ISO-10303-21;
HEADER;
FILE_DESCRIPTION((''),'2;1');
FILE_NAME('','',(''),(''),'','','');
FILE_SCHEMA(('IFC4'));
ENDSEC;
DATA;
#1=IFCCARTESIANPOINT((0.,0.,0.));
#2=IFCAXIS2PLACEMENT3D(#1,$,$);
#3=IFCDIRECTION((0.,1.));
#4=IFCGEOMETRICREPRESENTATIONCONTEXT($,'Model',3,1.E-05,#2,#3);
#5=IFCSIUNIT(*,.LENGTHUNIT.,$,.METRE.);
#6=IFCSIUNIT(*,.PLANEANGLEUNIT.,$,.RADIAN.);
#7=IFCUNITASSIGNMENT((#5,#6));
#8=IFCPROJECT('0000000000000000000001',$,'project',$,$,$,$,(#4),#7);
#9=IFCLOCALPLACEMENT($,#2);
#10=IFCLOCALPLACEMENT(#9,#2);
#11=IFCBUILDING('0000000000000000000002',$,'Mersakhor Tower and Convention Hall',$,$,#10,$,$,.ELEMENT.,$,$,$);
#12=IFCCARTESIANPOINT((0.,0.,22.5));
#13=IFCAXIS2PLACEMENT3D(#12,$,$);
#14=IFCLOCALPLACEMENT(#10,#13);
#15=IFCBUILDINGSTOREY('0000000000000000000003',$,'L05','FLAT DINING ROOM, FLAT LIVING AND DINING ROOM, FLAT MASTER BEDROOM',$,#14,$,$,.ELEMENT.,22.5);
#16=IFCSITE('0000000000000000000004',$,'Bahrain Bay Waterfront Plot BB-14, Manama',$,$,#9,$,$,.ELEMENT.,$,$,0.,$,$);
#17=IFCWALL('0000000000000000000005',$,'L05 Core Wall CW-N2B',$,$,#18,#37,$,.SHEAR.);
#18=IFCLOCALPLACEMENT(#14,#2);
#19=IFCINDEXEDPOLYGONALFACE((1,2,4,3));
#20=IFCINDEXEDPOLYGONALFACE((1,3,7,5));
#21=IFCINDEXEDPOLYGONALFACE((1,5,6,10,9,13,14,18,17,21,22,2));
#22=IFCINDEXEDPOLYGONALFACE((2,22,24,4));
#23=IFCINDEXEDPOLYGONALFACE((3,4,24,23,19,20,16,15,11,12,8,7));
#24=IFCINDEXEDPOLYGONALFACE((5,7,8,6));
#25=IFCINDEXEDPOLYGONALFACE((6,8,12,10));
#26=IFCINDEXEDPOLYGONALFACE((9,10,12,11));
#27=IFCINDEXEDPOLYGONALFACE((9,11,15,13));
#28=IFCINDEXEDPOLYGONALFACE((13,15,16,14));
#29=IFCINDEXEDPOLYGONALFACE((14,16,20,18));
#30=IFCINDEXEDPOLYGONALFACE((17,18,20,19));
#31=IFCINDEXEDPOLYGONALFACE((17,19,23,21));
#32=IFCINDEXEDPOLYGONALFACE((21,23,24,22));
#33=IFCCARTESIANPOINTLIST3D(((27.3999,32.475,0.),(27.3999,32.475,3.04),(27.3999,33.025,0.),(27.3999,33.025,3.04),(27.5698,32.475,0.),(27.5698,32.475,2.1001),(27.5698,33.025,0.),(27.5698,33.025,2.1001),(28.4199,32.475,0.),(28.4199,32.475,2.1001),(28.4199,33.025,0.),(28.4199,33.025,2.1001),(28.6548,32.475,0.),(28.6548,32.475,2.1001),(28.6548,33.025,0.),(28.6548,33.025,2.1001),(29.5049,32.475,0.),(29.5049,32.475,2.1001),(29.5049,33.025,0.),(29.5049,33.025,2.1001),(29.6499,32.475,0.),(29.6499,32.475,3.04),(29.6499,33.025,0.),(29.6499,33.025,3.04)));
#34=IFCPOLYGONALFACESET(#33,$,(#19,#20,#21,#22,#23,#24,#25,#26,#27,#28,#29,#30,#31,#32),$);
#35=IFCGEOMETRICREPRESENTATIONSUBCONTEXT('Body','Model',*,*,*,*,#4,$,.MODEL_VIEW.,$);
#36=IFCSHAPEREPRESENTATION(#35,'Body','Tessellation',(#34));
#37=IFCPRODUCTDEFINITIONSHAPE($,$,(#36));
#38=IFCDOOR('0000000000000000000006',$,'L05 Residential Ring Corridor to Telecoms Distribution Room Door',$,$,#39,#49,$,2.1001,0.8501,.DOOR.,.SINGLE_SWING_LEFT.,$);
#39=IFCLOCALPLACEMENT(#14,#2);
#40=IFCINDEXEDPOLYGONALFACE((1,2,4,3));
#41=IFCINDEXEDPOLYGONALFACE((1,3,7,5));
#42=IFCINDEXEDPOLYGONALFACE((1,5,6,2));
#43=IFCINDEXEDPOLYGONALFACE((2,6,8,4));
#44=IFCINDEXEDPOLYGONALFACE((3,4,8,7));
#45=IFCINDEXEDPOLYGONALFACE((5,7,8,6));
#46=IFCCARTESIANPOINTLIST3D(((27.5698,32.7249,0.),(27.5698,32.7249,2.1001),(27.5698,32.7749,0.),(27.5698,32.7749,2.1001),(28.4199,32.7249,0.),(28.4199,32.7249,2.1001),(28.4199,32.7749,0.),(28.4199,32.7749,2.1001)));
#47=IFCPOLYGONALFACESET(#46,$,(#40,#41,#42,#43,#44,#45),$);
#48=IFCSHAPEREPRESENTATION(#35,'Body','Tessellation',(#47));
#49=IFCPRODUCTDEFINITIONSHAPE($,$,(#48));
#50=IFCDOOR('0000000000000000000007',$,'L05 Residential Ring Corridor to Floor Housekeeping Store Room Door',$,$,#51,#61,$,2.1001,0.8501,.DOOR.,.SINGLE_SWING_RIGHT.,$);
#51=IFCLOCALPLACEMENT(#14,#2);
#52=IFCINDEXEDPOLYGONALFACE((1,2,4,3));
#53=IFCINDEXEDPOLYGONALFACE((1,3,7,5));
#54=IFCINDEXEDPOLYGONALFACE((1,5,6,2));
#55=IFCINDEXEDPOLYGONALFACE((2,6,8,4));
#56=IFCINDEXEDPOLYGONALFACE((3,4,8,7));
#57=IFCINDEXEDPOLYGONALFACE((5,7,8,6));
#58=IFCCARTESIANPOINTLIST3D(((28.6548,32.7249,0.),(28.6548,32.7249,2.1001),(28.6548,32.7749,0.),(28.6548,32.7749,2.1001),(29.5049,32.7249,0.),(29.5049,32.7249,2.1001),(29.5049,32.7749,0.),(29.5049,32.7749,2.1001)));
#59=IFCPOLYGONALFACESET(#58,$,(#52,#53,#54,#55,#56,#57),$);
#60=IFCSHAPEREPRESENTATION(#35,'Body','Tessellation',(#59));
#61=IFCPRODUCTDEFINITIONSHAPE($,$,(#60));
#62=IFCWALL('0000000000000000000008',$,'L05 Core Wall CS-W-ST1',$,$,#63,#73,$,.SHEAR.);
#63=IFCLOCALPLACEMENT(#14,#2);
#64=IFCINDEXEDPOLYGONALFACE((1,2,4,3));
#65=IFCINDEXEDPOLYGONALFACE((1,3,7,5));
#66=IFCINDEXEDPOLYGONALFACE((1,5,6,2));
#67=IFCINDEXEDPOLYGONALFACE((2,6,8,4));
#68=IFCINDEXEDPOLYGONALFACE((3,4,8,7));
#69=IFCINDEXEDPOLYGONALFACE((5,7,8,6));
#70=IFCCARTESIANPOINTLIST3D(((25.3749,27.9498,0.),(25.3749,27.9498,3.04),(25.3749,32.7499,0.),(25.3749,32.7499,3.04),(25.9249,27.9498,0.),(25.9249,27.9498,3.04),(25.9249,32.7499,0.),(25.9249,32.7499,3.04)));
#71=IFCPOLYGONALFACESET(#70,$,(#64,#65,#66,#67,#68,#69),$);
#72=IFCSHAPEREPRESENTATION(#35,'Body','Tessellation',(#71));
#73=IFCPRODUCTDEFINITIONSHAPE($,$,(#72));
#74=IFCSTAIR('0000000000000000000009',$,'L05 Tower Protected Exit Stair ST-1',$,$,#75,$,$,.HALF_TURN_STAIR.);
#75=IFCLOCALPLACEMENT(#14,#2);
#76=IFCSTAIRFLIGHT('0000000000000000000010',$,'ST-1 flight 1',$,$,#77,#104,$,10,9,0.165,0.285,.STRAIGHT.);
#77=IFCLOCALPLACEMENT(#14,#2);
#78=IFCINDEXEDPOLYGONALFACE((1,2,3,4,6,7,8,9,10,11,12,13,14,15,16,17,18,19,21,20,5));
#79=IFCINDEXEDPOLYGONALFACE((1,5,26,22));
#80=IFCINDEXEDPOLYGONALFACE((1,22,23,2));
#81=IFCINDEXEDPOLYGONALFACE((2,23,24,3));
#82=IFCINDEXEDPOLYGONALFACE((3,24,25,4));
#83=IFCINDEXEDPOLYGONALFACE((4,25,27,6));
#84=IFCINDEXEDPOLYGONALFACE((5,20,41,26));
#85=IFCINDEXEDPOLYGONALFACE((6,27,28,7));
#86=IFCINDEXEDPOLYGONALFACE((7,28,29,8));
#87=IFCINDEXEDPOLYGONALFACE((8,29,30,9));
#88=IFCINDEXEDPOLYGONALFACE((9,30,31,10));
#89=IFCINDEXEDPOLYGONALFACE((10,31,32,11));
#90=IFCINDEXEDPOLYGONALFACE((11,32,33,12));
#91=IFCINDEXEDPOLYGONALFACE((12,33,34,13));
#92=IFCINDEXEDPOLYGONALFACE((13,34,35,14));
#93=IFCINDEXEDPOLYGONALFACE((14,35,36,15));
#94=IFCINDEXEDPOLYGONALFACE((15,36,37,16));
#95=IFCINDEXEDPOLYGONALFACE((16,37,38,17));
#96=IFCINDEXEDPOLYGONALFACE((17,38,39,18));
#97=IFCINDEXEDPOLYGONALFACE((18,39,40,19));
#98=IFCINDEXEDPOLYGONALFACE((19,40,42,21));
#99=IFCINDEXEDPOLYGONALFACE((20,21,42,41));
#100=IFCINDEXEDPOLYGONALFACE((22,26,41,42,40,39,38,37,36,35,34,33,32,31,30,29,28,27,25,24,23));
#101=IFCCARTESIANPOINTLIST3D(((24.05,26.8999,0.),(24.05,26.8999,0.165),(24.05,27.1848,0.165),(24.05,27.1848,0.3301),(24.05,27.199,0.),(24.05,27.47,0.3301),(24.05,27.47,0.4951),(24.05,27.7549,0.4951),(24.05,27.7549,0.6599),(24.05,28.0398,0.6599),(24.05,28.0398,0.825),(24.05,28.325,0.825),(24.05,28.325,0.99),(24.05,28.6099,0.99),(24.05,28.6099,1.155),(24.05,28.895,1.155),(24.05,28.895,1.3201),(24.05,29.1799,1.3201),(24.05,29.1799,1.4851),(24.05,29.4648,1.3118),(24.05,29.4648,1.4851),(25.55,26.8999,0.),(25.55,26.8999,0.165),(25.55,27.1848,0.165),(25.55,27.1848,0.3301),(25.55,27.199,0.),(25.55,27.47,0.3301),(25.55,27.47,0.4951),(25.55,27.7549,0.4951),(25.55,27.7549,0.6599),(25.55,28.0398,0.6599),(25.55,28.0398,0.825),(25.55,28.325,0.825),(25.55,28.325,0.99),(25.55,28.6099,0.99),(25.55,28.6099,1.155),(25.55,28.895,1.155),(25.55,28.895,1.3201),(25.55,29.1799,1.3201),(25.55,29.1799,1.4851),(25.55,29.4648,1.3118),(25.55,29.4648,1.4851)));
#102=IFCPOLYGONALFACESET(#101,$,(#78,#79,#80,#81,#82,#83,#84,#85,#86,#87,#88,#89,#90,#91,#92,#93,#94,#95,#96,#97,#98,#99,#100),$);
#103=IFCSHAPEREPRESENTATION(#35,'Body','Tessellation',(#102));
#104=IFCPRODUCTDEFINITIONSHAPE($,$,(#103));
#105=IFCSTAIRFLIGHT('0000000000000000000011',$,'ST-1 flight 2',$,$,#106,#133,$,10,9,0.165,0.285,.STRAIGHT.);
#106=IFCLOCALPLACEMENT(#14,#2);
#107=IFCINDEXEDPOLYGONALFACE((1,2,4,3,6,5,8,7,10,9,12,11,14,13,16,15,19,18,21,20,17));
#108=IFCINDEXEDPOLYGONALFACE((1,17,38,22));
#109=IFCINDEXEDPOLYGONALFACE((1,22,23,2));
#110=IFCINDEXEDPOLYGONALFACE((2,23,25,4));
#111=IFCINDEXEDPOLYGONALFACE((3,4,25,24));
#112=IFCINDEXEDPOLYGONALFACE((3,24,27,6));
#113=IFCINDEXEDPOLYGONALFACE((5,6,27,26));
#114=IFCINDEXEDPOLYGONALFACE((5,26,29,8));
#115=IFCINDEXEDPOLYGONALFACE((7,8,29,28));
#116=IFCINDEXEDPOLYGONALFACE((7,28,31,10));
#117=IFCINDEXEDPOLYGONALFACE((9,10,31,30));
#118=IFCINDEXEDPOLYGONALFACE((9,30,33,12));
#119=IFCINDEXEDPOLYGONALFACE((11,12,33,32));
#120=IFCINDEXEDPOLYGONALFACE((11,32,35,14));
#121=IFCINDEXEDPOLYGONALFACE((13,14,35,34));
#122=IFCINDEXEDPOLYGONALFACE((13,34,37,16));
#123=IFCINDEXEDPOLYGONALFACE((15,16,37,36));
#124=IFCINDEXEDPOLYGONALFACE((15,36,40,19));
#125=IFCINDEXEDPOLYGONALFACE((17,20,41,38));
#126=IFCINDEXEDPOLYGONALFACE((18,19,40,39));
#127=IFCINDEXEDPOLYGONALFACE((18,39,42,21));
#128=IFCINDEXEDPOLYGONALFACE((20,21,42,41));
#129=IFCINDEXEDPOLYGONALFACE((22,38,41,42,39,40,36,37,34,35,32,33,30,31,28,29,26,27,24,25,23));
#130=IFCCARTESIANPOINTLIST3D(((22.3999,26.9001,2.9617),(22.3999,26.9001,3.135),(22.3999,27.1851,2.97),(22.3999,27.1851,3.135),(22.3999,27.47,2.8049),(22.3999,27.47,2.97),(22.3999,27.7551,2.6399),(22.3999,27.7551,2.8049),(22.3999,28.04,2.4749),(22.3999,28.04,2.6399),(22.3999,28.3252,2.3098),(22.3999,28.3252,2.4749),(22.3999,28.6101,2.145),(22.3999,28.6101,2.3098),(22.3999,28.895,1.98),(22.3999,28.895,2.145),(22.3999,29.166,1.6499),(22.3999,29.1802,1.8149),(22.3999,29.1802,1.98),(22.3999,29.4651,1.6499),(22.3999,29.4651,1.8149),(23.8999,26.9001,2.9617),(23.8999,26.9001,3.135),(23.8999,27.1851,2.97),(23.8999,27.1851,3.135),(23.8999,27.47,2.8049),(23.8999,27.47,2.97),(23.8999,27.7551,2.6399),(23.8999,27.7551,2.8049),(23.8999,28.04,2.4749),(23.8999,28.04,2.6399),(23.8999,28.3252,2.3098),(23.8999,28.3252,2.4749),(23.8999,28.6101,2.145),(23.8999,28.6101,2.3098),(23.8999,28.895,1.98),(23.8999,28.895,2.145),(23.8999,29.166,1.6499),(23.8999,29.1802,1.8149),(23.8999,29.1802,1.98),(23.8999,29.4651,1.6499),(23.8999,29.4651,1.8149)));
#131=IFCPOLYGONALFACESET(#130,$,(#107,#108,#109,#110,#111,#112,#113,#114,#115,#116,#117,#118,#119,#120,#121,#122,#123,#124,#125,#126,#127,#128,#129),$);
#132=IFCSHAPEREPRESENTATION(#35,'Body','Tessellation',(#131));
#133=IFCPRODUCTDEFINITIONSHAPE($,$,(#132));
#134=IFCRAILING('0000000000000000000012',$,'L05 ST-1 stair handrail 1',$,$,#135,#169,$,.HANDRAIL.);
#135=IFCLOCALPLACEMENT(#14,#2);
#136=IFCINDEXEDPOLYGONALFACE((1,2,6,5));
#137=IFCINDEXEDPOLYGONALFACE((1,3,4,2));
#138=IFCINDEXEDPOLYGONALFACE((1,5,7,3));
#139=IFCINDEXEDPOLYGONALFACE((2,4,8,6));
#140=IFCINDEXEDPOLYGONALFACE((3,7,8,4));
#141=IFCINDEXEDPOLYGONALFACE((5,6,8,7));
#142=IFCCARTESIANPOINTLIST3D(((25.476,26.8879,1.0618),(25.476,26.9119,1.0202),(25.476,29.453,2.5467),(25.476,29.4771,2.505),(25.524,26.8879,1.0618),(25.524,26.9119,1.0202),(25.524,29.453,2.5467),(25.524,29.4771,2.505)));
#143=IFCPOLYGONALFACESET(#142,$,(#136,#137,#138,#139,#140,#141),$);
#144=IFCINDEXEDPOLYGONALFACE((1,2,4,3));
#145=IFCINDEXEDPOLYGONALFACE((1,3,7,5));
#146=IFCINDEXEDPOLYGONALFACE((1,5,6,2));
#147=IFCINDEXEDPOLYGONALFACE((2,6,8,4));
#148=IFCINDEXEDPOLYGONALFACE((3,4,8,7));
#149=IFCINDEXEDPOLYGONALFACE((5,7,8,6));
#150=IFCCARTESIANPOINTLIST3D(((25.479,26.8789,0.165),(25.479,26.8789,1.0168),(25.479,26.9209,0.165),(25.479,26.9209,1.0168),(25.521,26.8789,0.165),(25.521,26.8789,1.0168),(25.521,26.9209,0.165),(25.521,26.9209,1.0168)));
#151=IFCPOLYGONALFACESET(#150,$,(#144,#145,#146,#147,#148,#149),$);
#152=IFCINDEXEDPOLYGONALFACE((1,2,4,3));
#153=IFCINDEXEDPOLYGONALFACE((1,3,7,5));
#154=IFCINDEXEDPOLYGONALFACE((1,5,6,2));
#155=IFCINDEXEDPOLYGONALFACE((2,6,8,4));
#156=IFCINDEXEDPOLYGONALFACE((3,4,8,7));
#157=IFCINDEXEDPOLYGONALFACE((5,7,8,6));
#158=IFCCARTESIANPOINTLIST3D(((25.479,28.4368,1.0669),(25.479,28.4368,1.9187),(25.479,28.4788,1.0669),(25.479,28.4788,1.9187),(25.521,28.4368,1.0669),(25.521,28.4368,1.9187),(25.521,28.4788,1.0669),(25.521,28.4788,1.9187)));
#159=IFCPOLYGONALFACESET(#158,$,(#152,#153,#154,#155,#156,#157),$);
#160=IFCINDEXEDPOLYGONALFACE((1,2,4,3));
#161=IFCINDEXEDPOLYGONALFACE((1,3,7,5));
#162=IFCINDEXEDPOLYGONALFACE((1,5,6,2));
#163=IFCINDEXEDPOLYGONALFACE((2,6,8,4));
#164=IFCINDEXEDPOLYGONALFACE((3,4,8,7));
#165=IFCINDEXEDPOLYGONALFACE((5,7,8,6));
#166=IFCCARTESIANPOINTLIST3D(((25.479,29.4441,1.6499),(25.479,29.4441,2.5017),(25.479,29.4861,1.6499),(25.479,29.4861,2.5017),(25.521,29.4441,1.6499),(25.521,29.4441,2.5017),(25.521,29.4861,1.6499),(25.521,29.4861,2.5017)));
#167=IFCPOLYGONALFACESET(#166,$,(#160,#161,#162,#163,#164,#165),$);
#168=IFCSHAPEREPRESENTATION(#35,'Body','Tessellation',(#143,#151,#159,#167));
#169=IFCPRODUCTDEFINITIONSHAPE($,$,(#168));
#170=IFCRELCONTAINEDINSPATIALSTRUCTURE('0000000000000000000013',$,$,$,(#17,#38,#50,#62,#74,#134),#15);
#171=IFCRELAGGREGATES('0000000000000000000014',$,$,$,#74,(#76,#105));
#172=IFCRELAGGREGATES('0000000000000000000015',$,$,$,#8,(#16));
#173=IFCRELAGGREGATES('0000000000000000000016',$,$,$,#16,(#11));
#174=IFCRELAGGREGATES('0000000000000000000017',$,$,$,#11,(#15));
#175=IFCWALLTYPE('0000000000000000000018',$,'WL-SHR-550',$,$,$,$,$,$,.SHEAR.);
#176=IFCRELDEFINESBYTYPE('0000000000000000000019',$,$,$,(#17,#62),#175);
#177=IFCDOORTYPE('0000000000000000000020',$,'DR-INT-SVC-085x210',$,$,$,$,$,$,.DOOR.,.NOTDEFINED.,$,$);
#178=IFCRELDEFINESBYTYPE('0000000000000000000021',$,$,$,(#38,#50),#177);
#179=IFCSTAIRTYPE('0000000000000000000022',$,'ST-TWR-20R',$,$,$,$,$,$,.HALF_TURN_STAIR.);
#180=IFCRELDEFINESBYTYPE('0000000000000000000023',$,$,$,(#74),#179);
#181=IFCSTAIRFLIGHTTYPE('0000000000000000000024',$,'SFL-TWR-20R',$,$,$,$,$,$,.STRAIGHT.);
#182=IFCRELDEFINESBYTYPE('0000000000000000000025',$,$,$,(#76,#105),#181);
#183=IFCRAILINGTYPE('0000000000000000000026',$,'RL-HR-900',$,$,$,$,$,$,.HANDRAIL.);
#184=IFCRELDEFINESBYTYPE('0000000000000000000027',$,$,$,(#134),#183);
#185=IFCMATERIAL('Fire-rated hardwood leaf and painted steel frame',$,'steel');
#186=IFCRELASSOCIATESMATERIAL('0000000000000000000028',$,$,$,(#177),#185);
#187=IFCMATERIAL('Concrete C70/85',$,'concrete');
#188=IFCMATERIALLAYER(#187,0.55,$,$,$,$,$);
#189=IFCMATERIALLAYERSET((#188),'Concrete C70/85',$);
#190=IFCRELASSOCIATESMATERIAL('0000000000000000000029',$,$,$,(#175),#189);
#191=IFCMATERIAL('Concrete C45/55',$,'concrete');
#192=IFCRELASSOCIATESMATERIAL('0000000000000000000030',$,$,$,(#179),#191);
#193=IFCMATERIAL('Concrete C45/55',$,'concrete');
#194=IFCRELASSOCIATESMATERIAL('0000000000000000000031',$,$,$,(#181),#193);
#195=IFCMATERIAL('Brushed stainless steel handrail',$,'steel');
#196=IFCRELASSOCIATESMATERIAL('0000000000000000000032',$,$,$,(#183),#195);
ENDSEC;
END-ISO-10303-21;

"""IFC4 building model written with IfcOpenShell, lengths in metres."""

from ifc_helpers import new_model, si_unit, direction, frame, frame_2d, origin, origin_2d, place, context, subcontext, project, spatial, polyline, rectangle, outline, extrude, material, layer, layer_set, type_object, element, fill, aggregate, save


model = new_model("IFC4")

# Units and contexts
model_context = context("Model", 3, precision=1e-05, world=origin(), true_north=direction((0.0, 1.0)))
body_context = subcontext(model_context, "Body", "Model", "MODEL_VIEW")
ifc_project = project(units=[si_unit("LENGTHUNIT", "METRE"), si_unit("PLANEANGLEUNIT", "RADIAN")], contexts=[model_context])

# Site, building, storey
site_placement = place(None, origin())
site = spatial("IfcSite", under=ifc_project, at=site_placement, Name="Bahrain Bay Waterfront Plot BB-14, Manama", CompositionType="ELEMENT", RefElevation=0.0)
building_placement = place(site_placement, origin())
building = spatial("IfcBuilding", under=site, at=building_placement, Name="Mersakhor Tower and Convention Hall", CompositionType="ELEMENT")
storey_placement = place(building_placement, frame((0.0, 0.0, 22.5)))
storey = spatial("IfcBuildingStorey", under=building, at=storey_placement, Name="L05", Description="FLAT DINING ROOM, FLAT LIVING AND DINING ROOM, FLAT MASTER BEDROOM", CompositionType="ELEMENT", Elevation=22.5)

# Shared definitions
ifc_material_1 = material(Name="Fire-rated hardwood leaf and painted steel frame", Category="steel")
door_type_1 = type_object("IfcDoorType", Name="DR-INT-SVC-085x210", OperationType="NOTDEFINED", PredefinedType="DOOR", material=ifc_material_1)

# Shared definitions
ifc_material_2 = material(Name="Concrete C70/85", Category="concrete")
ifc_layer_1 = layer(ifc_material_2, 0.55)
ifc_layer_set_1 = layer_set([ifc_layer_1], Name="Concrete C70/85")
wall_type_1 = type_object("IfcWallType", Name="WL-SHR-550", PredefinedType="SHEAR", material=ifc_layer_set_1)

# Wall, openings, doors
wall_1_placement = place(storey_placement, frame((27.3999, 32.75, 0.0), z_axis=(0.0, 0.0, 1.0), x_axis=(1.0, 0.0, 0.0)))
wall_1 = element("IfcWall", 1, at=wall_1_placement, inside=storey, type_object=wall_type_1, Name="L05 Core Wall CW-N2B", PredefinedType="SHEAR", context=body_context, shape_type="SweptSolid", body=[
    extrude(rectangle(XDim=2.25, YDim=0.55, at=frame_2d((1.125, 0.0))), origin(), (0.0, 0.0, 1.0), 3.04),
])
opening_1_placement = place(wall_1_placement, frame((0.1699, 0.0, 0.0)))
opening_1 = element("IfcOpeningElement", 2, at=opening_1_placement, cuts=wall_1, PredefinedType="OPENING", context=body_context, shape_type="SweptSolid", body=[
    extrude(rectangle(XDim=0.8501, YDim=2.1001, at=frame_2d((0.425, 1.05))), frame((0.0, 0.2849, 0.0), z_axis=(0.0, -1.0, 0.0), x_axis=(1.0, 0.0, 0.0)), (0.0, 0.0, 1.0), 0.5701),
])
opening_2_placement = place(wall_1_placement, frame((1.2549, 0.0, 0.0)))
opening_2 = element("IfcOpeningElement", 3, at=opening_2_placement, cuts=wall_1, PredefinedType="OPENING", context=body_context, shape_type="SweptSolid", body=[
    extrude(rectangle(XDim=0.8501, YDim=2.1001, at=frame_2d((0.425, 1.05))), frame((0.0, 0.2849, 0.0), z_axis=(0.0, -1.0, 0.0), x_axis=(1.0, 0.0, 0.0)), (0.0, 0.0, 1.0), 0.5701),
])
door_1_placement = place(opening_1_placement, origin())
door_1 = element("IfcDoor", 4, at=door_1_placement, inside=storey, type_object=door_type_1, Name="L05 Residential Ring Corridor to Telecoms Distribution Room Door", OperationType="SINGLE_SWING_LEFT", OverallHeight=2.1001, OverallWidth=0.8501, PredefinedType="DOOR", context=body_context, shape_type="SweptSolid", body=[
    extrude(rectangle(XDim=0.8501, YDim=2.1001, at=frame_2d((0.425, 1.05))), frame((0.0, 0.0249, 0.0), z_axis=(0.0, -1.0, 0.0), x_axis=(1.0, 0.0, 0.0)), (0.0, 0.0, 1.0), 0.05),
])
fill(opening_1, door_1)
door_2_placement = place(opening_2_placement, origin())
door_2 = element("IfcDoor", 5, at=door_2_placement, inside=storey, type_object=door_type_1, Name="L05 Residential Ring Corridor to Floor Housekeeping Store Room Door", OperationType="SINGLE_SWING_RIGHT", OverallHeight=2.1001, OverallWidth=0.8501, PredefinedType="DOOR", context=body_context, shape_type="SweptSolid", body=[
    extrude(rectangle(XDim=0.8501, YDim=2.1001, at=frame_2d((0.425, 1.05))), frame((0.0, 0.0249, 0.0), z_axis=(0.0, -1.0, 0.0), x_axis=(1.0, 0.0, 0.0)), (0.0, 0.0, 1.0), 0.05),
])
fill(opening_2, door_2)

# Wall
wall_2_placement = place(storey_placement, frame((25.6499, 27.95, 0.0), z_axis=(0.0, 0.0, 1.0), x_axis=(0.0, 1.0, 0.0)))
element("IfcWall", 6, at=wall_2_placement, inside=storey, type_object=wall_type_1, Name="L05 Core Wall CS-W-ST1", PredefinedType="SHEAR", context=body_context, shape_type="SweptSolid", body=[
    extrude(rectangle(XDim=4.8, YDim=0.55, at=frame_2d((2.3999, 0.0))), origin(), (0.0, 0.0, 1.0), 3.04),
])

# Stair, stair flights
ifc_material_3 = material(Name="Concrete C45/55", Category="concrete")
stair_type = type_object("IfcStairType", Name="ST-TWR-20R", PredefinedType="HALF_TURN_STAIR", material=ifc_material_3)
stair_placement = place(storey_placement, origin())
stair = element("IfcStair", 7, at=stair_placement, inside=storey, type_object=stair_type, Name="L05 Tower Protected Exit Stair ST-1", PredefinedType="HALF_TURN_STAIR")
ifc_material_4 = material(Name="Concrete C45/55", Category="concrete")
stair_flight_type = type_object("IfcStairFlightType", Name="SFL-TWR-20R", PredefinedType="STRAIGHT", material=ifc_material_4)
stair_flight_1_placement = place(storey_placement, frame((24.8, 26.8999, 0.0), z_axis=(0.0, 0.0, 1.0), x_axis=(0.0, 1.0, 0.0)))
stair_flight_1 = element("IfcStairFlight", 8, at=stair_flight_1_placement, type_object=stair_flight_type, Name="ST-1 flight 1", NumberOfRisers=10, NumberOfTreads=9, PredefinedType="STRAIGHT", RiserHeight=0.165, TreadLength=0.285, context=body_context, shape_type="SweptSolid", body=[
    extrude(outline(polyline([(0.0, 0.0), (0.0, 0.165), (0.2849, 0.165), (0.2849, 0.3301), (0.5701, 0.3301), (0.5701, 0.4951), (0.855, 0.4951), (0.855, 0.6599), (1.1399, 0.6599), (1.1399, 0.825), (1.425, 0.825), (1.425, 0.99), (1.71, 0.99), (1.71, 1.155), (1.9951, 1.155), (1.9951, 1.3201), (2.28, 1.3201), (2.28, 1.4851), (2.5649, 1.4851), (2.5649, 1.6499), (2.5649, 1.3118), (0.2991, 0.0), (0.0, 0.0)])), frame((0.0, 0.75, 0.0), z_axis=(0.0, -1.0, 0.0), x_axis=(1.0, 0.0, 0.0)), (0.0, 0.0, 1.0), 1.5),
])
stair_flight_2_placement = place(storey_placement, frame((23.1499, 29.4651, 1.6499), z_axis=(0.0, 0.0, 1.0), x_axis=(0.0, -1.0, 0.0)))
stair_flight_2 = element("IfcStairFlight", 9, at=stair_flight_2_placement, type_object=stair_flight_type, Name="ST-1 flight 2", NumberOfRisers=10, NumberOfTreads=9, PredefinedType="STRAIGHT", RiserHeight=0.165, TreadLength=0.285, context=body_context, shape_type="SweptSolid", body=[
    extrude(outline(polyline([(0.0, 0.0), (0.0, 0.165), (0.2849, 0.165), (0.2849, 0.3301), (0.5701, 0.3301), (0.5701, 0.4951), (0.855, 0.4951), (0.855, 0.6599), (1.1399, 0.6599), (1.1399, 0.825), (1.425, 0.825), (1.425, 0.99), (1.71, 0.99), (1.71, 1.155), (1.9951, 1.155), (1.9951, 1.3201), (2.28, 1.3201), (2.28, 1.4851), (2.5649, 1.4851), (2.5649, 1.6499), (2.5649, 1.3118), (0.2991, 0.0), (0.0, 0.0)])), frame((0.0, 0.75, 0.0), z_axis=(0.0, -1.0, 0.0), x_axis=(1.0, 0.0, 0.0)), (0.0, 0.0, 1.0), 1.5),
])
aggregate(stair, [stair_flight_1, stair_flight_2])

# Railing
ifc_material_5 = material(Name="Brushed stainless steel handrail", Category="steel")
railing_type_1 = type_object("IfcRailingType", Name="RL-HR-900", PredefinedType="HANDRAIL", material=ifc_material_5)
railing_1_placement = place(storey_placement, frame((25.5, 26.8999, 0.165)))
element("IfcRailing", 10, at=railing_1_placement, inside=storey, type_object=railing_type_1, Name="L05 ST-1 stair handrail 1", PredefinedType="HANDRAIL", context=body_context, shape_type="SweptSolid", body=[
    extrude(rectangle(XDim=0.0481, YDim=0.0481, at=origin_2d()), frame((0.0, 0.0, 0.876), z_axis=(0.0, 0.865462, 0.500975), x_axis=(-1.0, 0.0, 0.0)), (0.0, 0.0, 1.0), 2.9639),
    extrude(rectangle(XDim=0.042, YDim=0.042, at=origin_2d()), origin(), (0.0, 0.0, 1.0), 0.8518),
    extrude(rectangle(XDim=0.042, YDim=0.042, at=origin_2d()), frame((0.0, 1.5579, 0.9019)), (0.0, 0.0, 1.0), 0.8518),
    extrude(rectangle(XDim=0.042, YDim=0.042, at=origin_2d()), frame((0.0, 2.5652, 1.4849)), (0.0, 0.0, 1.0), 0.8518),
])

save(model, "model.ifc")
